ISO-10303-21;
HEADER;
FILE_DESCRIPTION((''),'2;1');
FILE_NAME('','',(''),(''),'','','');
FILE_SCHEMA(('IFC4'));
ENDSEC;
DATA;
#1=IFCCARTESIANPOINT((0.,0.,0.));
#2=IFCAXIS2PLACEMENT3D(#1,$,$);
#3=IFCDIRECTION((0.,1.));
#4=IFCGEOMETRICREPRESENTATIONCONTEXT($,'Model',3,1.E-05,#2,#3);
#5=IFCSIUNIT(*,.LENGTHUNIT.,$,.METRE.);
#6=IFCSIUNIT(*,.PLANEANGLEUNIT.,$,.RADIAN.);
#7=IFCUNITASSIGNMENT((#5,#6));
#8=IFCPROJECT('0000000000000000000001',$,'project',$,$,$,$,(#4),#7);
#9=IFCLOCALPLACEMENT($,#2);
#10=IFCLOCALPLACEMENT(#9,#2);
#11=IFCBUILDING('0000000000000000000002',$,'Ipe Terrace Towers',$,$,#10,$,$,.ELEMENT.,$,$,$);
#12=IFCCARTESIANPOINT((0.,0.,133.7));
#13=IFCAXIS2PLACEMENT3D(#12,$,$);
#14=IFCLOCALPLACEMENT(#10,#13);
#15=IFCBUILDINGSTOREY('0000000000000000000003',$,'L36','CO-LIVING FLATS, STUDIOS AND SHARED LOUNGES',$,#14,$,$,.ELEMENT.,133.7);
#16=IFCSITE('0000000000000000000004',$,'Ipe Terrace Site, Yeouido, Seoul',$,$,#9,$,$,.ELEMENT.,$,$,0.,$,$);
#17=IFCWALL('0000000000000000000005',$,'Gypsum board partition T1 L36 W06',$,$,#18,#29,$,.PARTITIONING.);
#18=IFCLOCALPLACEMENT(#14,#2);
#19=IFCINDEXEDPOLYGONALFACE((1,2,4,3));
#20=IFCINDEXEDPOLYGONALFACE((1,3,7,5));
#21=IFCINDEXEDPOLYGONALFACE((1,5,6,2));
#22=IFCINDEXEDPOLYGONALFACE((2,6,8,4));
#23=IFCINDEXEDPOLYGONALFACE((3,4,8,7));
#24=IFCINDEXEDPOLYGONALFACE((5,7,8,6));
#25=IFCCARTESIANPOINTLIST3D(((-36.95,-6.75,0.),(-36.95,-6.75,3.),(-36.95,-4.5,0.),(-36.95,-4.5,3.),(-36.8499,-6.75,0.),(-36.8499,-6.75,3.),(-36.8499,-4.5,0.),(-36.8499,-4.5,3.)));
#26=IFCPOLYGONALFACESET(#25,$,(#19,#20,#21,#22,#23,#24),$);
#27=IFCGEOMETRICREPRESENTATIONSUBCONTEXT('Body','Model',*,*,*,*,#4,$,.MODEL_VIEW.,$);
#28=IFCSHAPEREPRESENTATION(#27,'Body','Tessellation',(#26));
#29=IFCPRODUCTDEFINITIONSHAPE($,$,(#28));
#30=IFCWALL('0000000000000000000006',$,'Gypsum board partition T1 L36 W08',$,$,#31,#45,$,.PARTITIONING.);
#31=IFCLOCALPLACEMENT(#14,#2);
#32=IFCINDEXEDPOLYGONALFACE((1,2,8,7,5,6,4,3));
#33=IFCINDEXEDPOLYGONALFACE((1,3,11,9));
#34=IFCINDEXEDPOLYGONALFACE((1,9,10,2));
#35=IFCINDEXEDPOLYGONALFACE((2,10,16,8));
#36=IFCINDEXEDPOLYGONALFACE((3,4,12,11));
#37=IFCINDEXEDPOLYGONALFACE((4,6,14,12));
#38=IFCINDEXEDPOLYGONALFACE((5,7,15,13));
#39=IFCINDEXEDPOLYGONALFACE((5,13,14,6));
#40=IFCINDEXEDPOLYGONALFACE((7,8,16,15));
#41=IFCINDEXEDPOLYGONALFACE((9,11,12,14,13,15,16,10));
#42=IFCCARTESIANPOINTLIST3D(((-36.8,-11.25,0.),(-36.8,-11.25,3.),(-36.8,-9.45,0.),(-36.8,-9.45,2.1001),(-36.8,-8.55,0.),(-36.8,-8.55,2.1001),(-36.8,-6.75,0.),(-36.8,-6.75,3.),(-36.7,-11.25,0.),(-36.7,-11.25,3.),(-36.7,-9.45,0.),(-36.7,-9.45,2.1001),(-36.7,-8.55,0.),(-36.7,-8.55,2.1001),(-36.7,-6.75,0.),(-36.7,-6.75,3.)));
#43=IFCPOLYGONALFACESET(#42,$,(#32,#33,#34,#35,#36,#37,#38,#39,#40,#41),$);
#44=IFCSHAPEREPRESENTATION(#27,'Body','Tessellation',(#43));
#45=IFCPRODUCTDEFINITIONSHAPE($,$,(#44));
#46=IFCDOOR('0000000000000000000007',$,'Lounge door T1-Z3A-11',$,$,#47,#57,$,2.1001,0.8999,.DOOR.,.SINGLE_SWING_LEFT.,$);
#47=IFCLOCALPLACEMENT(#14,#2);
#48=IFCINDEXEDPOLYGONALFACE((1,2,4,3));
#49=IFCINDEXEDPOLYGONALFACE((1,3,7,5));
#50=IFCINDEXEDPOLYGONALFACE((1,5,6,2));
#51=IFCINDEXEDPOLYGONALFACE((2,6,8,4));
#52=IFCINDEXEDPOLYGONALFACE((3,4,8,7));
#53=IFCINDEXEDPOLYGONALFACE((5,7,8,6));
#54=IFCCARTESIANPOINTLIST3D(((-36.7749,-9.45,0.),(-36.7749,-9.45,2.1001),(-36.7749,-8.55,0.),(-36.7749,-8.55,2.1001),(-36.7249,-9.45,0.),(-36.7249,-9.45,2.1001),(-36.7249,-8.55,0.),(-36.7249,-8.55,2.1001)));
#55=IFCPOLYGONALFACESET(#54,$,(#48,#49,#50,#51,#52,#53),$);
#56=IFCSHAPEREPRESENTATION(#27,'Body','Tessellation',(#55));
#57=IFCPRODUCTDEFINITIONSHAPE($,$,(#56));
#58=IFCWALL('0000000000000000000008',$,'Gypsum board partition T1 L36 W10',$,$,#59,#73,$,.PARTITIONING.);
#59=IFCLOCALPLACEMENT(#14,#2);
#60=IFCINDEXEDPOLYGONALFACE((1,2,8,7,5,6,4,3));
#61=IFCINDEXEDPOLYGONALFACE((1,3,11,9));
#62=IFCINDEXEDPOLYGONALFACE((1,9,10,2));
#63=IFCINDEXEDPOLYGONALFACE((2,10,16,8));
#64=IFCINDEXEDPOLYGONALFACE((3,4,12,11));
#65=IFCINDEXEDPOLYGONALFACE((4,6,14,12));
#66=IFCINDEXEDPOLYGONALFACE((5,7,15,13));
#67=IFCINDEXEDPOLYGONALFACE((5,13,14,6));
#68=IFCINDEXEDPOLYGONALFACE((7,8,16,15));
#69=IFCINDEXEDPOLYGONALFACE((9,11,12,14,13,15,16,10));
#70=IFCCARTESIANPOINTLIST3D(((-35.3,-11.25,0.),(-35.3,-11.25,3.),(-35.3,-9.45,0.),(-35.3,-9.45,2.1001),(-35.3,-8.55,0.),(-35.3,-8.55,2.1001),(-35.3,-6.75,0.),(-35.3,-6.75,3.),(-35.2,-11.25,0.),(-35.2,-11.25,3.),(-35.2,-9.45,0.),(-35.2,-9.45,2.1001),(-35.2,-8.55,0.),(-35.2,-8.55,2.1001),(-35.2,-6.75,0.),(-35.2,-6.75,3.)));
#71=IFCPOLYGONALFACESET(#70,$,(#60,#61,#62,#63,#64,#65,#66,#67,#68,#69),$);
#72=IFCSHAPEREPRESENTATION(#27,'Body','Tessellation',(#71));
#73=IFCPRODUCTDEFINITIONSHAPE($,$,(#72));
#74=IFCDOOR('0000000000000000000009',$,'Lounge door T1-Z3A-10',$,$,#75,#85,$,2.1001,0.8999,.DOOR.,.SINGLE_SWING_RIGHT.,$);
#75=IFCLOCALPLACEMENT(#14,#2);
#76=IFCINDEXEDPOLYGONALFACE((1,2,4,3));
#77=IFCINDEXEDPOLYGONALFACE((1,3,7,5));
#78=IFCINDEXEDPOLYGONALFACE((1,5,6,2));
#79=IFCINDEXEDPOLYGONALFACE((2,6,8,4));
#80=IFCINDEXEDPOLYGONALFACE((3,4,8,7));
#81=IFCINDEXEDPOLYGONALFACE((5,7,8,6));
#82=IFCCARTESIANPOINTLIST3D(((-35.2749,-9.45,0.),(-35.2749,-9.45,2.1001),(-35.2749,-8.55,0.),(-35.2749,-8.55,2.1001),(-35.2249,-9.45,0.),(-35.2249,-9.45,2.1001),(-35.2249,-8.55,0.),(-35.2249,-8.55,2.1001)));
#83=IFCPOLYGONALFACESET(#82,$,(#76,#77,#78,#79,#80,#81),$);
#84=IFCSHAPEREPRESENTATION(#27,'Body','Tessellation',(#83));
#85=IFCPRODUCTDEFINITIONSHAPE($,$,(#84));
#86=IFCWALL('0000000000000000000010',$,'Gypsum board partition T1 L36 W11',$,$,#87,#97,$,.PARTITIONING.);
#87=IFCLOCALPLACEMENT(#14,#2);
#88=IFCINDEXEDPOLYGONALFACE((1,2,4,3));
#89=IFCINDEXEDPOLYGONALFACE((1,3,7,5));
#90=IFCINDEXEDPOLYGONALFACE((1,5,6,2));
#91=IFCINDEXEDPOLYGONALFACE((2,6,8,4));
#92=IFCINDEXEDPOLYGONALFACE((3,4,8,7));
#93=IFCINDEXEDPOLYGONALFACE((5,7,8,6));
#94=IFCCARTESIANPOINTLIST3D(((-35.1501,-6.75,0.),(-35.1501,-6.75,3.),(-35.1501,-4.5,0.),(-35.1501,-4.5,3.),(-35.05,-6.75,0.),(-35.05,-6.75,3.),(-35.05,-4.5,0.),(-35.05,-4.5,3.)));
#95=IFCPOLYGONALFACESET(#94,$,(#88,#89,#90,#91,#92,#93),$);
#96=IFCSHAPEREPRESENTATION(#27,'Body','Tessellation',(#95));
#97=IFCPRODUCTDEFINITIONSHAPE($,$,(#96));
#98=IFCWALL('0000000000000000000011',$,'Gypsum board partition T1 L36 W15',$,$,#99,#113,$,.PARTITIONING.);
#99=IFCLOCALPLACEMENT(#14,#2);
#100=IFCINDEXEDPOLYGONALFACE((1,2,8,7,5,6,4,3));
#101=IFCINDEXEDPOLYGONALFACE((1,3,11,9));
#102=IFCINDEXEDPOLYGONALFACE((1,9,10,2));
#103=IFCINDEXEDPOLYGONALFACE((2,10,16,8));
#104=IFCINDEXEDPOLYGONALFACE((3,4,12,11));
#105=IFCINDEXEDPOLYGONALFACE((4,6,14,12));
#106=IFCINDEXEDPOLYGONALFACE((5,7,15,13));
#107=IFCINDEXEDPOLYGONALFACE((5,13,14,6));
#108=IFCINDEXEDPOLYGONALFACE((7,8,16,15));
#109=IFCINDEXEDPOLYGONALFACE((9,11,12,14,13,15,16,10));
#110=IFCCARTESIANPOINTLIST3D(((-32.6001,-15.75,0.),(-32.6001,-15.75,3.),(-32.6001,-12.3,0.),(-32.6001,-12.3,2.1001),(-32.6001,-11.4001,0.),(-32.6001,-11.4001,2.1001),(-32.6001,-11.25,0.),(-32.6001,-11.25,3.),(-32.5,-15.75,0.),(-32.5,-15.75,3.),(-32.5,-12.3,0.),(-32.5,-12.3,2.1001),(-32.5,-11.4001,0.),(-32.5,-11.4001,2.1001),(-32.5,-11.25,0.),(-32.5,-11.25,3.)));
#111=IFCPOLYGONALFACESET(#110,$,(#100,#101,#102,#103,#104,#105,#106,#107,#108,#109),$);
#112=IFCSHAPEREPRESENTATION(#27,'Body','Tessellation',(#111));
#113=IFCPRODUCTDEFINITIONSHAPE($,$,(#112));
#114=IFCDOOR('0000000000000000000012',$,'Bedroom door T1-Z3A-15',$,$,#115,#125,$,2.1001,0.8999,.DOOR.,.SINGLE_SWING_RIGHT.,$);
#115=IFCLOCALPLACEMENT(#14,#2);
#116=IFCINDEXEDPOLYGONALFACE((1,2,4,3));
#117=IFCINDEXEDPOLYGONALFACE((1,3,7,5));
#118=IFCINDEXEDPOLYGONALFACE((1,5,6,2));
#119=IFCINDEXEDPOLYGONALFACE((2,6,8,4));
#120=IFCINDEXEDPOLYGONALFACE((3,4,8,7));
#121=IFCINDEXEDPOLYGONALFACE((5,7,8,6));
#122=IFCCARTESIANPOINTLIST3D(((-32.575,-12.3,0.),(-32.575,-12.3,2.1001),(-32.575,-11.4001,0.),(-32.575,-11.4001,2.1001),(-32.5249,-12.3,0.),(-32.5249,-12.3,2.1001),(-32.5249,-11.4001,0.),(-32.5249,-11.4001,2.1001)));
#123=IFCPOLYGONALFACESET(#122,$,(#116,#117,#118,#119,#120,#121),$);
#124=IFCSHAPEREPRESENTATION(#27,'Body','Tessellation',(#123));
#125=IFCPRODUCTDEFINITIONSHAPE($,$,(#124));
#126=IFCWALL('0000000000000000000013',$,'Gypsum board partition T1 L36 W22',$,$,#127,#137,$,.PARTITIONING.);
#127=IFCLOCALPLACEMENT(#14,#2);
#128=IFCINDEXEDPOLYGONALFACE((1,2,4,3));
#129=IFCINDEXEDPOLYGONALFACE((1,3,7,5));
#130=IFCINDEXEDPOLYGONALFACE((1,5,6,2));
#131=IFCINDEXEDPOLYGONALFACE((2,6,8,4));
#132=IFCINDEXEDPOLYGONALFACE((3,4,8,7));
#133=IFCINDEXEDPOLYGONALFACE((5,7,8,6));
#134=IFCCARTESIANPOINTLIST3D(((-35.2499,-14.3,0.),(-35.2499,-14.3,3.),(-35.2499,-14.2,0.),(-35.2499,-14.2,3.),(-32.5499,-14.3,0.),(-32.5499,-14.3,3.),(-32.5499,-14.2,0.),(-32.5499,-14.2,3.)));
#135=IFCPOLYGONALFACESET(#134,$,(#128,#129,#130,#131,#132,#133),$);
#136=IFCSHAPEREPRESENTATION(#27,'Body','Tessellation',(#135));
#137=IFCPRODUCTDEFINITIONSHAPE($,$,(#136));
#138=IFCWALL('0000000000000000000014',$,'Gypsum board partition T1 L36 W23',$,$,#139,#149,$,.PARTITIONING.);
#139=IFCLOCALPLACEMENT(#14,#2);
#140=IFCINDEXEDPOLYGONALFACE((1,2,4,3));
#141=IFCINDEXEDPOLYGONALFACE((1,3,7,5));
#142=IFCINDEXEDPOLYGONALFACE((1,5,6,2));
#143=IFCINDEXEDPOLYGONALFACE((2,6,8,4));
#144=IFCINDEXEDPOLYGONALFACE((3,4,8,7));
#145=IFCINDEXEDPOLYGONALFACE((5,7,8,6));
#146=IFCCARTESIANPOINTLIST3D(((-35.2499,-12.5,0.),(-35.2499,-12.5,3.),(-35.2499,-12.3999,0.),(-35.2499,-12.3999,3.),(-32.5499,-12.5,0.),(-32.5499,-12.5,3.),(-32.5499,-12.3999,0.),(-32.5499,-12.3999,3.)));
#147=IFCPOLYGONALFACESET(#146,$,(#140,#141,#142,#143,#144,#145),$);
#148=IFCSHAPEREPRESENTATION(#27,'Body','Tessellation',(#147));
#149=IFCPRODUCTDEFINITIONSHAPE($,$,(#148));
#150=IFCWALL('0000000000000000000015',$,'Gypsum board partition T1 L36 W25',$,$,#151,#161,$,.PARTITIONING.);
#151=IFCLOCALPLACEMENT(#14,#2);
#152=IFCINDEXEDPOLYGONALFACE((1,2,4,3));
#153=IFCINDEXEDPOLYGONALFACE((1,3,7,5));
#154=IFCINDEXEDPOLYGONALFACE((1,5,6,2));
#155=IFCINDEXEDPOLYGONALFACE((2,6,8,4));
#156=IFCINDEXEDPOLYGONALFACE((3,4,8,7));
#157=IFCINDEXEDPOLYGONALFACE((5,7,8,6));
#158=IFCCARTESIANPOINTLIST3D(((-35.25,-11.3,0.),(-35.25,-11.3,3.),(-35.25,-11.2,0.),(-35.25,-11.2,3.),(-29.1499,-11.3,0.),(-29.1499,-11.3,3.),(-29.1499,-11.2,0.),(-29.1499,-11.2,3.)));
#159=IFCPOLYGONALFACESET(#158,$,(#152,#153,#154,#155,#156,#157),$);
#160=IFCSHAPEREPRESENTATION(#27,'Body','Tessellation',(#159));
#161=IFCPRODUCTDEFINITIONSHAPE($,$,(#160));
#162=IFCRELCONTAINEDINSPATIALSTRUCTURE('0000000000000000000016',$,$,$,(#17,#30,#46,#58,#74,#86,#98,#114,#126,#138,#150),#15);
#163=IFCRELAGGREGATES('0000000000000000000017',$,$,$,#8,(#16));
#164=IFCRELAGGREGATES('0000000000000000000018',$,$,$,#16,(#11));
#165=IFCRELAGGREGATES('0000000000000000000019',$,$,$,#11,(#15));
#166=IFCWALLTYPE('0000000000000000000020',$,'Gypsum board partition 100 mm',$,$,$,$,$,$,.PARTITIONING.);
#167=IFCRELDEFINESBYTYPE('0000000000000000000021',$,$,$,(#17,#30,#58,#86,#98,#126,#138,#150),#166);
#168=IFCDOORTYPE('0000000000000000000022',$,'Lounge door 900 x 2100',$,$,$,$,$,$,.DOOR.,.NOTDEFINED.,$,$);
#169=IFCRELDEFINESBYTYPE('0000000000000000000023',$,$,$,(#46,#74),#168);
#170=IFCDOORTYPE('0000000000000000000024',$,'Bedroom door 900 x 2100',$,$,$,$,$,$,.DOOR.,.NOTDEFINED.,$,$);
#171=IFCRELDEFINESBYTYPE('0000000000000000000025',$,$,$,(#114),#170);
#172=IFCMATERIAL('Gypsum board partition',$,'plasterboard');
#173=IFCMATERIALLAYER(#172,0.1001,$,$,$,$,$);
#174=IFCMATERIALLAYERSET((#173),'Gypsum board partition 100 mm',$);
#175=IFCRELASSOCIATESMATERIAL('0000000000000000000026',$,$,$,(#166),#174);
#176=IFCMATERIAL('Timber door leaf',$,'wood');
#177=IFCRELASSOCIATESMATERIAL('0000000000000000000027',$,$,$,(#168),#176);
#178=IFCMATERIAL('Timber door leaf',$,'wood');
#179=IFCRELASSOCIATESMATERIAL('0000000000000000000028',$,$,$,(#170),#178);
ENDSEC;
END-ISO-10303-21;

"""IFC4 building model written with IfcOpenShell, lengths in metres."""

from ifc_helpers import new_model, si_unit, direction, frame, frame_2d, origin, place, context, subcontext, project, spatial, rectangle, extrude, material, layer, layer_set, type_object, element, fill, save


model = new_model("IFC4")

# Units and contexts
model_context = context("Model", 3, precision=1e-05, world=origin(), true_north=direction((0.0, 1.0)))
body_context = subcontext(model_context, "Body", "Model", "MODEL_VIEW")
ifc_project = project(units=[si_unit("LENGTHUNIT", "METRE"), si_unit("PLANEANGLEUNIT", "RADIAN")], contexts=[model_context])

# Site, building, storey
site_placement = place(None, origin())
site = spatial("IfcSite", under=ifc_project, at=site_placement, Name="Ipe Terrace Site, Yeouido, Seoul", CompositionType="ELEMENT", RefElevation=0.0)
building_placement = place(site_placement, origin())
building = spatial("IfcBuilding", under=site, at=building_placement, Name="Ipe Terrace Towers", CompositionType="ELEMENT")
storey_placement = place(building_placement, frame((0.0, 0.0, 133.7)))
storey = spatial("IfcBuildingStorey", under=building, at=storey_placement, Name="L36", Description="CO-LIVING FLATS, STUDIOS AND SHARED LOUNGES", CompositionType="ELEMENT", Elevation=133.7)

# Wall
ifc_material_1 = material(Name="Gypsum board partition", Category="plasterboard")
ifc_layer = layer(ifc_material_1, 0.1001)
ifc_layer_set = layer_set([ifc_layer], Name="Gypsum board partition 100 mm")
wall_type = type_object("IfcWallType", Name="Gypsum board partition 100 mm", PredefinedType="PARTITIONING", material=ifc_layer_set)
wall_1_placement = place(storey_placement, frame((-36.8999, -6.75, 0.0), z_axis=(0.0, 0.0, 1.0), x_axis=(0.0, 1.0, 0.0)))
element("IfcWall", 1, at=wall_1_placement, inside=storey, type_object=wall_type, Name="Gypsum board partition T1 L36 W06", PredefinedType="PARTITIONING", context=body_context, shape_type="SweptSolid", body=[
    extrude(rectangle(XDim=2.25, YDim=0.1001, at=frame_2d((1.125, 0.0))), origin(), (0.0, 0.0, 1.0), 3.0),
])

# Walls, openings, doors
wall_2_placement = place(storey_placement, frame((-36.75, -11.25, 0.0), z_axis=(0.0, 0.0, 1.0), x_axis=(0.0, 1.0, 0.0)))
wall_2 = element("IfcWall", 2, at=wall_2_placement, inside=storey, type_object=wall_type, Name="Gypsum board partition T1 L36 W08", PredefinedType="PARTITIONING", context=body_context, shape_type="SweptSolid", body=[
    extrude(rectangle(XDim=4.5, YDim=0.1001, at=frame_2d((2.25, 0.0))), origin(), (0.0, 0.0, 1.0), 3.0),
])
opening_1_placement = place(wall_2_placement, frame((1.8, 0.0, 0.0)))
opening_1 = element("IfcOpeningElement", 3, at=opening_1_placement, cuts=wall_2, PredefinedType="OPENING", context=body_context, shape_type="SweptSolid", body=[
    extrude(rectangle(XDim=0.8999, YDim=2.1001, at=frame_2d((0.45, 1.05))), frame((0.0, 0.0601, 0.0), z_axis=(0.0, -1.0, 0.0), x_axis=(1.0, 0.0, 0.0)), (0.0, 0.0, 1.0), 0.1201),
])
ifc_material_2 = material(Name="Timber door leaf", Category="wood")
door_type_1 = type_object("IfcDoorType", Name="Lounge door 900 x 2100", OperationType="NOTDEFINED", PredefinedType="DOOR", material=ifc_material_2)
door_1_placement = place(opening_1_placement, origin())
door_1 = element("IfcDoor", 4, at=door_1_placement, inside=storey, type_object=door_type_1, Name="Lounge door T1-Z3A-11", OperationType="SINGLE_SWING_LEFT", OverallHeight=2.1001, OverallWidth=0.8999, PredefinedType="DOOR", context=body_context, shape_type="SweptSolid", body=[
    extrude(rectangle(XDim=0.8999, YDim=2.1001, at=frame_2d((0.45, 1.05))), frame((0.0, 0.0249, 0.0), z_axis=(0.0, -1.0, 0.0), x_axis=(1.0, 0.0, 0.0)), (0.0, 0.0, 1.0), 0.05),
])
fill(opening_1, door_1)
wall_3_placement = place(storey_placement, frame((-35.25, -11.25, 0.0), z_axis=(0.0, 0.0, 1.0), x_axis=(0.0, 1.0, 0.0)))
wall_3 = element("IfcWall", 5, at=wall_3_placement, inside=storey, type_object=wall_type, Name="Gypsum board partition T1 L36 W10", PredefinedType="PARTITIONING", context=body_context, shape_type="SweptSolid", body=[
    extrude(rectangle(XDim=4.5, YDim=0.1001, at=frame_2d((2.25, 0.0))), origin(), (0.0, 0.0, 1.0), 3.0),
])
opening_2_placement = place(wall_3_placement, frame((1.8, 0.0, 0.0)))
opening_2 = element("IfcOpeningElement", 6, at=opening_2_placement, cuts=wall_3, PredefinedType="OPENING", context=body_context, shape_type="SweptSolid", body=[
    extrude(rectangle(XDim=0.8999, YDim=2.1001, at=frame_2d((0.45, 1.05))), frame((0.0, 0.0601, 0.0), z_axis=(0.0, -1.0, 0.0), x_axis=(1.0, 0.0, 0.0)), (0.0, 0.0, 1.0), 0.1201),
])
door_2_placement = place(opening_2_placement, origin())
door_2 = element("IfcDoor", 7, at=door_2_placement, inside=storey, type_object=door_type_1, Name="Lounge door T1-Z3A-10", OperationType="SINGLE_SWING_RIGHT", OverallHeight=2.1001, OverallWidth=0.8999, PredefinedType="DOOR", context=body_context, shape_type="SweptSolid", body=[
    extrude(rectangle(XDim=0.8999, YDim=2.1001, at=frame_2d((0.45, 1.05))), frame((0.0, 0.0249, 0.0), z_axis=(0.0, -1.0, 0.0), x_axis=(1.0, 0.0, 0.0)), (0.0, 0.0, 1.0), 0.05),
])
fill(opening_2, door_2)

# Wall
wall_4_placement = place(storey_placement, frame((-35.1001, -6.75, 0.0), z_axis=(0.0, 0.0, 1.0), x_axis=(0.0, 1.0, 0.0)))
element("IfcWall", 8, at=wall_4_placement, inside=storey, type_object=wall_type, Name="Gypsum board partition T1 L36 W11", PredefinedType="PARTITIONING", context=body_context, shape_type="SweptSolid", body=[
    extrude(rectangle(XDim=2.25, YDim=0.1001, at=frame_2d((1.125, 0.0))), origin(), (0.0, 0.0, 1.0), 3.0),
])

# Wall, opening, door
wall_5_placement = place(storey_placement, frame((-32.55, -15.75, 0.0), z_axis=(0.0, 0.0, 1.0), x_axis=(0.0, 1.0, 0.0)))
wall_5 = element("IfcWall", 9, at=wall_5_placement, inside=storey, type_object=wall_type, Name="Gypsum board partition T1 L36 W15", PredefinedType="PARTITIONING", context=body_context, shape_type="SweptSolid", body=[
    extrude(rectangle(XDim=4.5, YDim=0.1001, at=frame_2d((2.25, 0.0))), origin(), (0.0, 0.0, 1.0), 3.0),
])
opening_3_placement = place(wall_5_placement, frame((3.45, 0.0, 0.0)))
opening_3 = element("IfcOpeningElement", 10, at=opening_3_placement, cuts=wall_5, PredefinedType="OPENING", context=body_context, shape_type="SweptSolid", body=[
    extrude(rectangle(XDim=0.8999, YDim=2.1001, at=frame_2d((0.45, 1.05))), frame((0.0, 0.0601, 0.0), z_axis=(0.0, -1.0, 0.0), x_axis=(1.0, 0.0, 0.0)), (0.0, 0.0, 1.0), 0.1201),
])
ifc_material_3 = material(Name="Timber door leaf", Category="wood")
door_type_2 = type_object("IfcDoorType", Name="Bedroom door 900 x 2100", OperationType="NOTDEFINED", PredefinedType="DOOR", material=ifc_material_3)
door_3_placement = place(opening_3_placement, origin())
door_3 = element("IfcDoor", 11, at=door_3_placement, inside=storey, type_object=door_type_2, Name="Bedroom door T1-Z3A-15", OperationType="SINGLE_SWING_RIGHT", OverallHeight=2.1001, OverallWidth=0.8999, PredefinedType="DOOR", context=body_context, shape_type="SweptSolid", body=[
    extrude(rectangle(XDim=0.8999, YDim=2.1001, at=frame_2d((0.45, 1.05))), frame((0.0, 0.0249, 0.0), z_axis=(0.0, -1.0, 0.0), x_axis=(1.0, 0.0, 0.0)), (0.0, 0.0, 1.0), 0.05),
])
fill(opening_3, door_3)

# Walls
for number, where, z_axis, x_axis, name in (
    (12, (-35.25, -14.25, 0.0), (0.0, 0.0, 1.0), (1.0, 0.0, 0.0), "Gypsum board partition T1 L36 W22"),
    (13, (-35.25, -12.45, 0.0), (0.0, 0.0, 1.0), (1.0, 0.0, 0.0), "Gypsum board partition T1 L36 W23"),
):
    element("IfcWall", number, at=place(storey_placement, frame(where, z_axis=z_axis, x_axis=x_axis)), inside=storey, type_object=wall_type, Name=name, PredefinedType="PARTITIONING", context=body_context, shape_type="SweptSolid", body=[
        extrude(rectangle(XDim=2.7, YDim=0.1001, at=frame_2d((1.3501, 0.0))), origin(), (0.0, 0.0, 1.0), 3.0),
    ])
wall_6_placement = place(storey_placement, frame((-35.25, -11.25, 0.0), z_axis=(0.0, 0.0, 1.0), x_axis=(1.0, 0.0, 0.0)))
element("IfcWall", 14, at=wall_6_placement, inside=storey, type_object=wall_type, Name="Gypsum board partition T1 L36 W25", PredefinedType="PARTITIONING", context=body_context, shape_type="SweptSolid", body=[
    extrude(rectangle(XDim=6.1001, YDim=0.1001, at=frame_2d((3.05, 0.0))), origin(), (0.0, 0.0, 1.0), 3.0),
])

save(model, "model.ifc")
